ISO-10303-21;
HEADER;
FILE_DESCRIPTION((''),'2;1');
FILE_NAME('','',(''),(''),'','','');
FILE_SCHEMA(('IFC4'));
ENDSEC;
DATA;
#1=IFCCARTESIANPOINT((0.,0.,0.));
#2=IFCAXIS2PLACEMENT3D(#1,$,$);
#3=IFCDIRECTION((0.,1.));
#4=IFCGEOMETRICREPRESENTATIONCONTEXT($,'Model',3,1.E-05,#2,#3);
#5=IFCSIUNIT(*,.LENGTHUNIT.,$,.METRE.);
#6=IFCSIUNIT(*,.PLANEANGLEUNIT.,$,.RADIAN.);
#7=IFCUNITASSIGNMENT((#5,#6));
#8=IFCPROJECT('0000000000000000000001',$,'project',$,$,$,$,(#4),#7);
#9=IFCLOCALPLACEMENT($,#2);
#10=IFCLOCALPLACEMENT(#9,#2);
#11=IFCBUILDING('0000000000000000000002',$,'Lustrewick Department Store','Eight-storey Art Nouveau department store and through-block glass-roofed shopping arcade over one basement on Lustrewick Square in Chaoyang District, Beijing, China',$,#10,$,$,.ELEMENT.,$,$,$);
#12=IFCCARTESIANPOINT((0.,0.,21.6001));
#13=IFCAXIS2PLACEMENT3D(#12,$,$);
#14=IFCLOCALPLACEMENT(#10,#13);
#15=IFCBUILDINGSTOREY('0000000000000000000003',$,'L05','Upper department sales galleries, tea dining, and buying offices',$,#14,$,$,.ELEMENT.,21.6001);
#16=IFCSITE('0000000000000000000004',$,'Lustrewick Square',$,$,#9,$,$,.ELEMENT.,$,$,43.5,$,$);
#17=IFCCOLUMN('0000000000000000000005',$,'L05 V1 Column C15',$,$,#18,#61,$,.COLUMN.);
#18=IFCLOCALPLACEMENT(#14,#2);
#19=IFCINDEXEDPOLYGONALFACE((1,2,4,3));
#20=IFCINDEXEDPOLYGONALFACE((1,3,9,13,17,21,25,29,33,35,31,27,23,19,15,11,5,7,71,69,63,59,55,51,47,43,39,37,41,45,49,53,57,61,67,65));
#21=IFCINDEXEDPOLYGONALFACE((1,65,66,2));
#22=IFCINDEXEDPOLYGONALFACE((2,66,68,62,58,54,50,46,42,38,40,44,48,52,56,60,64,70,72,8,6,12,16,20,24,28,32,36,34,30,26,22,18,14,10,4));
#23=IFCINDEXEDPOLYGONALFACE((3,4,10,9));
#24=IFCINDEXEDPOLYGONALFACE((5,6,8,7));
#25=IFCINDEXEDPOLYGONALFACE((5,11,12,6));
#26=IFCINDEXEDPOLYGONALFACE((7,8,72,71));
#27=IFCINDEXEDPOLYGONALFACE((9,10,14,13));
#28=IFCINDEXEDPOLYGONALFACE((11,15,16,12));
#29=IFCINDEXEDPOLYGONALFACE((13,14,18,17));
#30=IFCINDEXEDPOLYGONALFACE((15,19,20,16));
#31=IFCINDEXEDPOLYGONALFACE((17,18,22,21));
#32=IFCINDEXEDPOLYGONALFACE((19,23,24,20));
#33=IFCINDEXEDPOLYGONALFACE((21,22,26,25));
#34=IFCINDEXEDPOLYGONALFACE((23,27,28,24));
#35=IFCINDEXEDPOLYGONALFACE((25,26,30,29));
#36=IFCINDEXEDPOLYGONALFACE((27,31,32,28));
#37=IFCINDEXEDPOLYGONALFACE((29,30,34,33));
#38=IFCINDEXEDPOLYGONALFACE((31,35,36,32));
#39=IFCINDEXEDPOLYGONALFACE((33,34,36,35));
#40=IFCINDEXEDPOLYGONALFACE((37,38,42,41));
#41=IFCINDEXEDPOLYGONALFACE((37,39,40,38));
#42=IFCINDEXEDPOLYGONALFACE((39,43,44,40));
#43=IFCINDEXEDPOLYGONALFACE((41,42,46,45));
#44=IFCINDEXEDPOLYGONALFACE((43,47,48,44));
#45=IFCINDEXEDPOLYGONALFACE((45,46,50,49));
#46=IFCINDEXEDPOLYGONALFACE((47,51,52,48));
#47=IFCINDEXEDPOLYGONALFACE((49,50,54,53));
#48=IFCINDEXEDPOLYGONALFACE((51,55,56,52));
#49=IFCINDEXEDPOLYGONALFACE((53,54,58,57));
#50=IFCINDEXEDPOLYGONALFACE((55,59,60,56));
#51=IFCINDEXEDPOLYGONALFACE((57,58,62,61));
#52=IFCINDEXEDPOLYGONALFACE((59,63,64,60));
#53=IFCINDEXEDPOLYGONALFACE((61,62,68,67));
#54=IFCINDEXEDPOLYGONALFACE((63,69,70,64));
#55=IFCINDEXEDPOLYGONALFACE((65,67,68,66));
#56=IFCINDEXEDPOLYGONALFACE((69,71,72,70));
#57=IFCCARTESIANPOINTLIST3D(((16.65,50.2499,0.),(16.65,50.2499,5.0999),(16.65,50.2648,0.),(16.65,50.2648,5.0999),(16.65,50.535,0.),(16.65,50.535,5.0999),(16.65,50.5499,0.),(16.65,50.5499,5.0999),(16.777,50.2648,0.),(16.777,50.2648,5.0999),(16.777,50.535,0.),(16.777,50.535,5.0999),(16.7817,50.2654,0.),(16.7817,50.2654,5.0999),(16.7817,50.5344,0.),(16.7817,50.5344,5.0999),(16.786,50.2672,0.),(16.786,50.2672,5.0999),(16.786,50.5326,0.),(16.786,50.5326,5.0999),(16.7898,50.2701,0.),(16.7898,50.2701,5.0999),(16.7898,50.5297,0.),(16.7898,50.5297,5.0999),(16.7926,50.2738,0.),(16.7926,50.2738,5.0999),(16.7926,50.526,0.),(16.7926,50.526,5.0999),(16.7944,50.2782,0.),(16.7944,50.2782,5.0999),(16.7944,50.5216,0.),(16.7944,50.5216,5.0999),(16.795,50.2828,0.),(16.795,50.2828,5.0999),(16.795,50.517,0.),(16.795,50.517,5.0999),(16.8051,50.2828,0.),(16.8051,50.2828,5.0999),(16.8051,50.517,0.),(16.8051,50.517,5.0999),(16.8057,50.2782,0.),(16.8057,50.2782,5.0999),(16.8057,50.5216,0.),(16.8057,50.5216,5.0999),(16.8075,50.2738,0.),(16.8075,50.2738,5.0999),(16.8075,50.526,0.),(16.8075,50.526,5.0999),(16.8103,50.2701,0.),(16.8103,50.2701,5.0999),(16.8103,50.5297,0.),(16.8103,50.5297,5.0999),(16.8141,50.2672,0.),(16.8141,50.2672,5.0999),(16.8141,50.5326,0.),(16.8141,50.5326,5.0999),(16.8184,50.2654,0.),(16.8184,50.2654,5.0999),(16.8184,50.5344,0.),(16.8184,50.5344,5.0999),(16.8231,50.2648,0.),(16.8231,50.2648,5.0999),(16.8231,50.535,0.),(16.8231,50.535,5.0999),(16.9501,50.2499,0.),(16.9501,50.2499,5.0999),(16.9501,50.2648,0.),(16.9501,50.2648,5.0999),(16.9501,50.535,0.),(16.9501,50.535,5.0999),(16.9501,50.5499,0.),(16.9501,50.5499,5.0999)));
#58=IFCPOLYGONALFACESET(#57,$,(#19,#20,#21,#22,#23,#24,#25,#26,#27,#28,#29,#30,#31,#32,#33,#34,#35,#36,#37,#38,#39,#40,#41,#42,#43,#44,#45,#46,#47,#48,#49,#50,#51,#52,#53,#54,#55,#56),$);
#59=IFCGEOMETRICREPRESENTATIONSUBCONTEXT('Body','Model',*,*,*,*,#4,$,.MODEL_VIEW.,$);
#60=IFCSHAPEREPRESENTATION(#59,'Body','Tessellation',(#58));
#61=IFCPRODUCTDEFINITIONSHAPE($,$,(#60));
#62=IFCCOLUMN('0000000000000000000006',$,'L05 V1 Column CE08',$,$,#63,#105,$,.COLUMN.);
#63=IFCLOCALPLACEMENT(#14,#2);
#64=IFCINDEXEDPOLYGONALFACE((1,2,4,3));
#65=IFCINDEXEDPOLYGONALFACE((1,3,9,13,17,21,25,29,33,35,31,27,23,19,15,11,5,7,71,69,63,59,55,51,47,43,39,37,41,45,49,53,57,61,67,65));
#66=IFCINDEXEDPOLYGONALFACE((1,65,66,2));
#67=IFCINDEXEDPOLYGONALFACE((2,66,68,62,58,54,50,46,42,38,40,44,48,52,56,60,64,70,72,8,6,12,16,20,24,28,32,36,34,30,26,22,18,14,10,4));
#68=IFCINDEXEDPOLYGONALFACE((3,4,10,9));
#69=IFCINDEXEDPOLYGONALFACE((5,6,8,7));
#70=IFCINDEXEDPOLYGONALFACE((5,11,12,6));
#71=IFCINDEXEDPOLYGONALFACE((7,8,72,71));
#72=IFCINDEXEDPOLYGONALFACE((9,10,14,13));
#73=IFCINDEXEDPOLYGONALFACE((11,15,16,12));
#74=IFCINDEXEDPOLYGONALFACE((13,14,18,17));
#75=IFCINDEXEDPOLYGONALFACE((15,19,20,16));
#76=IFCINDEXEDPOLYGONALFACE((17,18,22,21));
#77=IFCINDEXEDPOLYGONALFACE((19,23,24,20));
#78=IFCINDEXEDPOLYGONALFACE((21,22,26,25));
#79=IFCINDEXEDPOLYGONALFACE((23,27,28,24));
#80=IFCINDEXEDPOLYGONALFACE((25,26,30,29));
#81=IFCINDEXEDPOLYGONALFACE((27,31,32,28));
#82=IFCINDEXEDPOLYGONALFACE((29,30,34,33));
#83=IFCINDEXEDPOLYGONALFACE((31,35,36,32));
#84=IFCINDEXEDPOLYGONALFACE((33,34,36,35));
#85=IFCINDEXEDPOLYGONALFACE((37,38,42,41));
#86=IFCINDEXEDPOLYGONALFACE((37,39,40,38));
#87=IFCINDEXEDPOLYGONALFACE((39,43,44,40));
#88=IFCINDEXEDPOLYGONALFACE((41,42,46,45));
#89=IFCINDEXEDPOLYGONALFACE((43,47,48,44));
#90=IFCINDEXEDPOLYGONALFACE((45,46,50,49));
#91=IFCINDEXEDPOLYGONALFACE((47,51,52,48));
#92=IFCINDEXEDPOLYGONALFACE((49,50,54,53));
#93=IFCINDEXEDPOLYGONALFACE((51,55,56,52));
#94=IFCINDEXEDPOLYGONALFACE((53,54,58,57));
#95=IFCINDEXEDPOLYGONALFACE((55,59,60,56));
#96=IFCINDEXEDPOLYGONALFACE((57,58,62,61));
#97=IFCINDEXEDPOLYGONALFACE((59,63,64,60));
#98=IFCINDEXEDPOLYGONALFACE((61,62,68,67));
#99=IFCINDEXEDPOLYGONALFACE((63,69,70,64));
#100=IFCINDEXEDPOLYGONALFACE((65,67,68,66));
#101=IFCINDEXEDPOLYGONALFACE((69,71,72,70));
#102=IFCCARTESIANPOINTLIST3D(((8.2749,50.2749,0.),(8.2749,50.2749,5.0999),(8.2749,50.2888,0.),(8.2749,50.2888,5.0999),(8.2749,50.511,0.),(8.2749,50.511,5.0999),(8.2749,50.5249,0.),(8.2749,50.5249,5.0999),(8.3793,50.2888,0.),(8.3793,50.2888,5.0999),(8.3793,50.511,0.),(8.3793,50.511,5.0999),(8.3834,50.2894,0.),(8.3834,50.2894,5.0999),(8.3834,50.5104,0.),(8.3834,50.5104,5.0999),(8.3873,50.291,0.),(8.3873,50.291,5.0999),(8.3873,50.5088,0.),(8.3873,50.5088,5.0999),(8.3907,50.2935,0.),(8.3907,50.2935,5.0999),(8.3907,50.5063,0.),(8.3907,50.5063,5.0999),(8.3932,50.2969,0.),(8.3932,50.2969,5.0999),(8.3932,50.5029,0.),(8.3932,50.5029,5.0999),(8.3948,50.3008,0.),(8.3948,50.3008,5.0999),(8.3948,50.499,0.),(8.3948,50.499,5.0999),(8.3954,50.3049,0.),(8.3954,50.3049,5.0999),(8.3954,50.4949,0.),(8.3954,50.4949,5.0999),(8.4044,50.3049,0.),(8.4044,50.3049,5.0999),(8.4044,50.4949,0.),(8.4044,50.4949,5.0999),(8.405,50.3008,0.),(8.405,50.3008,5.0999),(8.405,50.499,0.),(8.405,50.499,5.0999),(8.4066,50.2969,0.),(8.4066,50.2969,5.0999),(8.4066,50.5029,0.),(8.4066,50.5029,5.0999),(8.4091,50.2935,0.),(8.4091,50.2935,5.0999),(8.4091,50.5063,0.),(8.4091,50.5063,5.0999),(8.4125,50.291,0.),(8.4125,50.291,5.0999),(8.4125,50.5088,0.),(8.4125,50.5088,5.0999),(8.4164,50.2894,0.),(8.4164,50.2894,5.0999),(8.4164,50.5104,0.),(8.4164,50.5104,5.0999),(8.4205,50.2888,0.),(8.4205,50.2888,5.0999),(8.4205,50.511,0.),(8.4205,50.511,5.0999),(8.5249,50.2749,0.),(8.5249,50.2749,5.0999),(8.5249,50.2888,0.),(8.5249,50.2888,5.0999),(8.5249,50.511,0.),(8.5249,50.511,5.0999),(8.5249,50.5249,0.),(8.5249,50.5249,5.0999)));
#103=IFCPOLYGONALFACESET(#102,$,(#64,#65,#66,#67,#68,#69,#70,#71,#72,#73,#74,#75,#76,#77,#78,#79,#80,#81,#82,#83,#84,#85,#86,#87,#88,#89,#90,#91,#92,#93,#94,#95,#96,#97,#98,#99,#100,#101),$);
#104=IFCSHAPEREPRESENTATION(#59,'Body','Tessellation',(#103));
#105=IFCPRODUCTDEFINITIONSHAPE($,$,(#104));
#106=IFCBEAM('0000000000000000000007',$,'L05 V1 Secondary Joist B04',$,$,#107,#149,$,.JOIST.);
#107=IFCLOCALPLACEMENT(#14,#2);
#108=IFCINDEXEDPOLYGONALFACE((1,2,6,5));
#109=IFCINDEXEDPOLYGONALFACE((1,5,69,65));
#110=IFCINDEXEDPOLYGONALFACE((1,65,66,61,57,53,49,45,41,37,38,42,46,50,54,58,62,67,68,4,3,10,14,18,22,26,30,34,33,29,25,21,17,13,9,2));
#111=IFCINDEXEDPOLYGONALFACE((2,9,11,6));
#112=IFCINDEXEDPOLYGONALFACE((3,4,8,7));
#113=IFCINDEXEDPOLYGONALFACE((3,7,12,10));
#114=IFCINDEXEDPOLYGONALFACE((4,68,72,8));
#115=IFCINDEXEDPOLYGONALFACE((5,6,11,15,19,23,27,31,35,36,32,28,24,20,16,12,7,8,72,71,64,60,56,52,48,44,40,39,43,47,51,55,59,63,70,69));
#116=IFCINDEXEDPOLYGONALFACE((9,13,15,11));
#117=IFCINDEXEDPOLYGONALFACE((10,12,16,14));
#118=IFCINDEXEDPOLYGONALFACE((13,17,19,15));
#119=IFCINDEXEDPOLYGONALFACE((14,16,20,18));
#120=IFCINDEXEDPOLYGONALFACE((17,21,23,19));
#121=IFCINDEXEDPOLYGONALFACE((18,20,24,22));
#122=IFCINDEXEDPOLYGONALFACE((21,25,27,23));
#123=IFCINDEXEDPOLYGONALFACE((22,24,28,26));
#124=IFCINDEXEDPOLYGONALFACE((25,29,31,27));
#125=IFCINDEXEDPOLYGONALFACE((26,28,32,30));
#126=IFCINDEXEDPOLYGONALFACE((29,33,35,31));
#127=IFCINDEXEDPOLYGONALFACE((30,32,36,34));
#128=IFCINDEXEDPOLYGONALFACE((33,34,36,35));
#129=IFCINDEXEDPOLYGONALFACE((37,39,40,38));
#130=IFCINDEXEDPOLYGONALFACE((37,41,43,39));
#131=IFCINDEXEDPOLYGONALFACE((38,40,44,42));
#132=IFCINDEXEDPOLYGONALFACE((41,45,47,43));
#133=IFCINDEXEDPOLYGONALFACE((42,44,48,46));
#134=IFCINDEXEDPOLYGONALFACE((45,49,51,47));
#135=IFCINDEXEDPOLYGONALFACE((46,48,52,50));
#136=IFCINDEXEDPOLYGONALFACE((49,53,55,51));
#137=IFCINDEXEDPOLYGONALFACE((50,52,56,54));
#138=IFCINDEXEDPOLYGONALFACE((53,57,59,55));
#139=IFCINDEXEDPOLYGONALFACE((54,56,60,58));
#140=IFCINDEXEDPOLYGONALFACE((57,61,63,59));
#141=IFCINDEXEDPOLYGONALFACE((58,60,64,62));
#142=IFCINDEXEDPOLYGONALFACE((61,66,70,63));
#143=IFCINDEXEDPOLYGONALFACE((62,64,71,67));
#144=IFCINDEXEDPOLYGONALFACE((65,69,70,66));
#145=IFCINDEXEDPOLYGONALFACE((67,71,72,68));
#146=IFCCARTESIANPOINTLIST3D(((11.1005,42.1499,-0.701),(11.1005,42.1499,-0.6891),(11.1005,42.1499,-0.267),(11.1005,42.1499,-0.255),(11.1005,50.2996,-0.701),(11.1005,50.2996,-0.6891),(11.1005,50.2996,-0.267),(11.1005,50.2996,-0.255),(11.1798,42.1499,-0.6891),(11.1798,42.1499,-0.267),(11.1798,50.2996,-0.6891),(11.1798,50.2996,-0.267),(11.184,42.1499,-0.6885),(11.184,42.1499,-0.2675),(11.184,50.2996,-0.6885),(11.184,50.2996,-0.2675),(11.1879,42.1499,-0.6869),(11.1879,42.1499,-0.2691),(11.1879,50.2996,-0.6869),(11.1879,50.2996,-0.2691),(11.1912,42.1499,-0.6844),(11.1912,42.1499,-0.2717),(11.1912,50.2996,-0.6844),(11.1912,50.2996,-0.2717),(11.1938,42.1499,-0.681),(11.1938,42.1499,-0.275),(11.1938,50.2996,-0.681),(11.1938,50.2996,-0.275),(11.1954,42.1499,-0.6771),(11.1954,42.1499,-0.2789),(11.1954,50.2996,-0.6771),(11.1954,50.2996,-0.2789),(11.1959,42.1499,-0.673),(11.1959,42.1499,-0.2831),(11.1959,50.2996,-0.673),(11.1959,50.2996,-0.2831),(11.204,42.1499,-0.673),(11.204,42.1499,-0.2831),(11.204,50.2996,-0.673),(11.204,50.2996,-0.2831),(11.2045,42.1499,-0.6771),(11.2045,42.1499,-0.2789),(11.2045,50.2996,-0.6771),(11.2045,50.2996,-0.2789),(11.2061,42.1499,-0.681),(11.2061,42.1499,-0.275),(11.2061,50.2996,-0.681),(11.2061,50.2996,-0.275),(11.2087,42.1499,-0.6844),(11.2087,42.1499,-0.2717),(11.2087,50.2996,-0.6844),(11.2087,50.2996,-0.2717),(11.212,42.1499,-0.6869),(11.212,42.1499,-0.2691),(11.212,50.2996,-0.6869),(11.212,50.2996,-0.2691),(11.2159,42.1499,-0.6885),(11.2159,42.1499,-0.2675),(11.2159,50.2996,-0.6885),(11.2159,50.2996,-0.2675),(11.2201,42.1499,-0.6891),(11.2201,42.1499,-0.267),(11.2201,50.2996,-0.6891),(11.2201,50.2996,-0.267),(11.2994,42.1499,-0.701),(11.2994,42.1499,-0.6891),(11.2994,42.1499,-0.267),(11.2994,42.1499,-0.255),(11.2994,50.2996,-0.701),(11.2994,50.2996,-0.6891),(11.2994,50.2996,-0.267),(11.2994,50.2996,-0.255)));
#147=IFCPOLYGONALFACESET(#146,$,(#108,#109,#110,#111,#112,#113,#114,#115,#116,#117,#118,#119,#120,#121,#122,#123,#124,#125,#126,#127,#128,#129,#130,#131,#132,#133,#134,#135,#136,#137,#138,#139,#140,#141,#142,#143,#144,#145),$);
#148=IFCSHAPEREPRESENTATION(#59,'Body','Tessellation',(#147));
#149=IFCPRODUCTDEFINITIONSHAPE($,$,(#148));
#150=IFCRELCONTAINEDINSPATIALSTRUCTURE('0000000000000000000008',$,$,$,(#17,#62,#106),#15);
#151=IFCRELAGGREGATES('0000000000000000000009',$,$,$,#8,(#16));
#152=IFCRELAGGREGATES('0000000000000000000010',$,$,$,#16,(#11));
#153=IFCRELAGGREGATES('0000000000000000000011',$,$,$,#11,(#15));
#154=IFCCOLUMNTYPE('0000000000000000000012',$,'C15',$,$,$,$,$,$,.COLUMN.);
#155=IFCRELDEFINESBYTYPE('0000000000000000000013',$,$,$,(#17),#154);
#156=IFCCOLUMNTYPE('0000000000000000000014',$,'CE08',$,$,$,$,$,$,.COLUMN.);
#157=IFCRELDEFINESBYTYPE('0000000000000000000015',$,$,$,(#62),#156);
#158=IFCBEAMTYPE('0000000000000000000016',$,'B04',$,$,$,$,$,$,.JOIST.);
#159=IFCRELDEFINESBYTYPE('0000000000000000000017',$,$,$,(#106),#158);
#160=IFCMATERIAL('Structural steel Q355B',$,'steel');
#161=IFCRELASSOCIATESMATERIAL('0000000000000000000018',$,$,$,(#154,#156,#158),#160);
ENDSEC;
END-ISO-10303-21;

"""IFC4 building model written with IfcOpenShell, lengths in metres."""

from ifc_helpers import new_model, si_unit, direction, frame, origin, origin_2d, place, context, subcontext, project, spatial, i_section, extrude, material, material_profile, profile_set, type_object, element, save


model = new_model("IFC4")

# Units and contexts
model_context = context("Model", 3, precision=1e-05, world=origin(), true_north=direction((0.0, 1.0)))
body_context = subcontext(model_context, "Body", "Model", "MODEL_VIEW")
ifc_project = project(units=[si_unit("LENGTHUNIT", "METRE"), si_unit("PLANEANGLEUNIT", "RADIAN")], contexts=[model_context])

# Site, building, storey
site_placement = place(None, origin())
site = spatial("IfcSite", under=ifc_project, at=site_placement, Name="Lustrewick Square", CompositionType="ELEMENT", RefElevation=43.5)
building_placement = place(site_placement, origin())
building = spatial("IfcBuilding", under=site, at=building_placement, Name="Lustrewick Department Store", Description="Eight-storey Art Nouveau department store and through-block glass-roofed shopping arcade over one basement on Lustrewick Square in Chaoyang District, Beijing, China", CompositionType="ELEMENT")
storey_placement = place(building_placement, frame((0.0, 0.0, 21.6001)))
storey = spatial("IfcBuildingStorey", under=building, at=storey_placement, Name="L05", Description="Upper department sales galleries, tea dining, and buying offices", CompositionType="ELEMENT", Elevation=21.6001)

# Columns
ifc_material_1 = material(Name="Structural steel Q355B", Category="steel")
ifc_material_profile_1 = material_profile(ifc_material_1, i_section(OverallWidth=0.3, OverallDepth=0.3, WebThickness=0.01, FlangeThickness=0.0149, FilletRadius=0.0181, at=origin_2d()), Name="HW 300x300x10x15")
ifc_profile_set_1 = profile_set([ifc_material_profile_1], Name="Structural steel Q355B")
column_type_1 = type_object("IfcColumnType", Name="C15", PredefinedType="COLUMN", material=ifc_profile_set_1)
column_1_placement = place(storey_placement, frame((16.8, 50.3999, 0.0), z_axis=(0.0, 0.0, 1.0), x_axis=(1.0, 0.0, 0.0)))
element("IfcColumn", 1, at=column_1_placement, inside=storey, type_object=column_type_1, Name="L05 V1 Column C15", PredefinedType="COLUMN", context=body_context, shape_type="SweptSolid", body=[
    extrude(i_section(OverallWidth=0.3, OverallDepth=0.3, WebThickness=0.01, FlangeThickness=0.0149, FilletRadius=0.0181, at=origin_2d()), origin(), (0.0, 0.0, 1.0), 5.0999),
])
ifc_material_profile_2 = material_profile(ifc_material_1, i_section(OverallWidth=0.25, OverallDepth=0.25, WebThickness=0.009, FlangeThickness=0.0139, FilletRadius=0.0161, at=origin_2d()), Name="HW 250x250x9x14")
ifc_profile_set_2 = profile_set([ifc_material_profile_2], Name="Structural steel Q355B")
column_type_2 = type_object("IfcColumnType", Name="CE08", PredefinedType="COLUMN", material=ifc_profile_set_2)
column_2_placement = place(storey_placement, frame((8.3999, 50.3999, 0.0), z_axis=(0.0, 0.0, 1.0), x_axis=(1.0, 0.0, 0.0)))
element("IfcColumn", 2, at=column_2_placement, inside=storey, type_object=column_type_2, Name="L05 V1 Column CE08", PredefinedType="COLUMN", context=body_context, shape_type="SweptSolid", body=[
    extrude(i_section(OverallWidth=0.25, OverallDepth=0.25, WebThickness=0.009, FlangeThickness=0.0139, FilletRadius=0.0161, at=origin_2d()), origin(), (0.0, 0.0, 1.0), 5.0999),
])

# Beam
ifc_material_profile_3 = material_profile(ifc_material_1, i_section(OverallWidth=0.199, OverallDepth=0.446, WebThickness=0.0081, FlangeThickness=0.012, FilletRadius=0.0161, at=origin_2d()), Name="HN 446x199x8x12")
ifc_profile_set_3 = profile_set([ifc_material_profile_3], Name="Structural steel Q355B")
beam_type_1 = type_object("IfcBeamType", Name="B04", PredefinedType="JOIST", material=ifc_profile_set_3)
beam_1_placement = place(storey_placement, frame((11.2, 42.1499, -0.478), z_axis=(0.0, 1.0, 0.0), x_axis=(-1.0, 0.0, 0.0)))
element("IfcBeam", 3, at=beam_1_placement, inside=storey, type_object=beam_type_1, Name="L05 V1 Secondary Joist B04", PredefinedType="JOIST", context=body_context, shape_type="SweptSolid", body=[
    extrude(i_section(OverallWidth=0.199, OverallDepth=0.446, WebThickness=0.0081, FlangeThickness=0.012, FilletRadius=0.0161, at=origin_2d()), origin(), (0.0, 0.0, 1.0), 8.1497),
])

save(model, "model.ifc")
